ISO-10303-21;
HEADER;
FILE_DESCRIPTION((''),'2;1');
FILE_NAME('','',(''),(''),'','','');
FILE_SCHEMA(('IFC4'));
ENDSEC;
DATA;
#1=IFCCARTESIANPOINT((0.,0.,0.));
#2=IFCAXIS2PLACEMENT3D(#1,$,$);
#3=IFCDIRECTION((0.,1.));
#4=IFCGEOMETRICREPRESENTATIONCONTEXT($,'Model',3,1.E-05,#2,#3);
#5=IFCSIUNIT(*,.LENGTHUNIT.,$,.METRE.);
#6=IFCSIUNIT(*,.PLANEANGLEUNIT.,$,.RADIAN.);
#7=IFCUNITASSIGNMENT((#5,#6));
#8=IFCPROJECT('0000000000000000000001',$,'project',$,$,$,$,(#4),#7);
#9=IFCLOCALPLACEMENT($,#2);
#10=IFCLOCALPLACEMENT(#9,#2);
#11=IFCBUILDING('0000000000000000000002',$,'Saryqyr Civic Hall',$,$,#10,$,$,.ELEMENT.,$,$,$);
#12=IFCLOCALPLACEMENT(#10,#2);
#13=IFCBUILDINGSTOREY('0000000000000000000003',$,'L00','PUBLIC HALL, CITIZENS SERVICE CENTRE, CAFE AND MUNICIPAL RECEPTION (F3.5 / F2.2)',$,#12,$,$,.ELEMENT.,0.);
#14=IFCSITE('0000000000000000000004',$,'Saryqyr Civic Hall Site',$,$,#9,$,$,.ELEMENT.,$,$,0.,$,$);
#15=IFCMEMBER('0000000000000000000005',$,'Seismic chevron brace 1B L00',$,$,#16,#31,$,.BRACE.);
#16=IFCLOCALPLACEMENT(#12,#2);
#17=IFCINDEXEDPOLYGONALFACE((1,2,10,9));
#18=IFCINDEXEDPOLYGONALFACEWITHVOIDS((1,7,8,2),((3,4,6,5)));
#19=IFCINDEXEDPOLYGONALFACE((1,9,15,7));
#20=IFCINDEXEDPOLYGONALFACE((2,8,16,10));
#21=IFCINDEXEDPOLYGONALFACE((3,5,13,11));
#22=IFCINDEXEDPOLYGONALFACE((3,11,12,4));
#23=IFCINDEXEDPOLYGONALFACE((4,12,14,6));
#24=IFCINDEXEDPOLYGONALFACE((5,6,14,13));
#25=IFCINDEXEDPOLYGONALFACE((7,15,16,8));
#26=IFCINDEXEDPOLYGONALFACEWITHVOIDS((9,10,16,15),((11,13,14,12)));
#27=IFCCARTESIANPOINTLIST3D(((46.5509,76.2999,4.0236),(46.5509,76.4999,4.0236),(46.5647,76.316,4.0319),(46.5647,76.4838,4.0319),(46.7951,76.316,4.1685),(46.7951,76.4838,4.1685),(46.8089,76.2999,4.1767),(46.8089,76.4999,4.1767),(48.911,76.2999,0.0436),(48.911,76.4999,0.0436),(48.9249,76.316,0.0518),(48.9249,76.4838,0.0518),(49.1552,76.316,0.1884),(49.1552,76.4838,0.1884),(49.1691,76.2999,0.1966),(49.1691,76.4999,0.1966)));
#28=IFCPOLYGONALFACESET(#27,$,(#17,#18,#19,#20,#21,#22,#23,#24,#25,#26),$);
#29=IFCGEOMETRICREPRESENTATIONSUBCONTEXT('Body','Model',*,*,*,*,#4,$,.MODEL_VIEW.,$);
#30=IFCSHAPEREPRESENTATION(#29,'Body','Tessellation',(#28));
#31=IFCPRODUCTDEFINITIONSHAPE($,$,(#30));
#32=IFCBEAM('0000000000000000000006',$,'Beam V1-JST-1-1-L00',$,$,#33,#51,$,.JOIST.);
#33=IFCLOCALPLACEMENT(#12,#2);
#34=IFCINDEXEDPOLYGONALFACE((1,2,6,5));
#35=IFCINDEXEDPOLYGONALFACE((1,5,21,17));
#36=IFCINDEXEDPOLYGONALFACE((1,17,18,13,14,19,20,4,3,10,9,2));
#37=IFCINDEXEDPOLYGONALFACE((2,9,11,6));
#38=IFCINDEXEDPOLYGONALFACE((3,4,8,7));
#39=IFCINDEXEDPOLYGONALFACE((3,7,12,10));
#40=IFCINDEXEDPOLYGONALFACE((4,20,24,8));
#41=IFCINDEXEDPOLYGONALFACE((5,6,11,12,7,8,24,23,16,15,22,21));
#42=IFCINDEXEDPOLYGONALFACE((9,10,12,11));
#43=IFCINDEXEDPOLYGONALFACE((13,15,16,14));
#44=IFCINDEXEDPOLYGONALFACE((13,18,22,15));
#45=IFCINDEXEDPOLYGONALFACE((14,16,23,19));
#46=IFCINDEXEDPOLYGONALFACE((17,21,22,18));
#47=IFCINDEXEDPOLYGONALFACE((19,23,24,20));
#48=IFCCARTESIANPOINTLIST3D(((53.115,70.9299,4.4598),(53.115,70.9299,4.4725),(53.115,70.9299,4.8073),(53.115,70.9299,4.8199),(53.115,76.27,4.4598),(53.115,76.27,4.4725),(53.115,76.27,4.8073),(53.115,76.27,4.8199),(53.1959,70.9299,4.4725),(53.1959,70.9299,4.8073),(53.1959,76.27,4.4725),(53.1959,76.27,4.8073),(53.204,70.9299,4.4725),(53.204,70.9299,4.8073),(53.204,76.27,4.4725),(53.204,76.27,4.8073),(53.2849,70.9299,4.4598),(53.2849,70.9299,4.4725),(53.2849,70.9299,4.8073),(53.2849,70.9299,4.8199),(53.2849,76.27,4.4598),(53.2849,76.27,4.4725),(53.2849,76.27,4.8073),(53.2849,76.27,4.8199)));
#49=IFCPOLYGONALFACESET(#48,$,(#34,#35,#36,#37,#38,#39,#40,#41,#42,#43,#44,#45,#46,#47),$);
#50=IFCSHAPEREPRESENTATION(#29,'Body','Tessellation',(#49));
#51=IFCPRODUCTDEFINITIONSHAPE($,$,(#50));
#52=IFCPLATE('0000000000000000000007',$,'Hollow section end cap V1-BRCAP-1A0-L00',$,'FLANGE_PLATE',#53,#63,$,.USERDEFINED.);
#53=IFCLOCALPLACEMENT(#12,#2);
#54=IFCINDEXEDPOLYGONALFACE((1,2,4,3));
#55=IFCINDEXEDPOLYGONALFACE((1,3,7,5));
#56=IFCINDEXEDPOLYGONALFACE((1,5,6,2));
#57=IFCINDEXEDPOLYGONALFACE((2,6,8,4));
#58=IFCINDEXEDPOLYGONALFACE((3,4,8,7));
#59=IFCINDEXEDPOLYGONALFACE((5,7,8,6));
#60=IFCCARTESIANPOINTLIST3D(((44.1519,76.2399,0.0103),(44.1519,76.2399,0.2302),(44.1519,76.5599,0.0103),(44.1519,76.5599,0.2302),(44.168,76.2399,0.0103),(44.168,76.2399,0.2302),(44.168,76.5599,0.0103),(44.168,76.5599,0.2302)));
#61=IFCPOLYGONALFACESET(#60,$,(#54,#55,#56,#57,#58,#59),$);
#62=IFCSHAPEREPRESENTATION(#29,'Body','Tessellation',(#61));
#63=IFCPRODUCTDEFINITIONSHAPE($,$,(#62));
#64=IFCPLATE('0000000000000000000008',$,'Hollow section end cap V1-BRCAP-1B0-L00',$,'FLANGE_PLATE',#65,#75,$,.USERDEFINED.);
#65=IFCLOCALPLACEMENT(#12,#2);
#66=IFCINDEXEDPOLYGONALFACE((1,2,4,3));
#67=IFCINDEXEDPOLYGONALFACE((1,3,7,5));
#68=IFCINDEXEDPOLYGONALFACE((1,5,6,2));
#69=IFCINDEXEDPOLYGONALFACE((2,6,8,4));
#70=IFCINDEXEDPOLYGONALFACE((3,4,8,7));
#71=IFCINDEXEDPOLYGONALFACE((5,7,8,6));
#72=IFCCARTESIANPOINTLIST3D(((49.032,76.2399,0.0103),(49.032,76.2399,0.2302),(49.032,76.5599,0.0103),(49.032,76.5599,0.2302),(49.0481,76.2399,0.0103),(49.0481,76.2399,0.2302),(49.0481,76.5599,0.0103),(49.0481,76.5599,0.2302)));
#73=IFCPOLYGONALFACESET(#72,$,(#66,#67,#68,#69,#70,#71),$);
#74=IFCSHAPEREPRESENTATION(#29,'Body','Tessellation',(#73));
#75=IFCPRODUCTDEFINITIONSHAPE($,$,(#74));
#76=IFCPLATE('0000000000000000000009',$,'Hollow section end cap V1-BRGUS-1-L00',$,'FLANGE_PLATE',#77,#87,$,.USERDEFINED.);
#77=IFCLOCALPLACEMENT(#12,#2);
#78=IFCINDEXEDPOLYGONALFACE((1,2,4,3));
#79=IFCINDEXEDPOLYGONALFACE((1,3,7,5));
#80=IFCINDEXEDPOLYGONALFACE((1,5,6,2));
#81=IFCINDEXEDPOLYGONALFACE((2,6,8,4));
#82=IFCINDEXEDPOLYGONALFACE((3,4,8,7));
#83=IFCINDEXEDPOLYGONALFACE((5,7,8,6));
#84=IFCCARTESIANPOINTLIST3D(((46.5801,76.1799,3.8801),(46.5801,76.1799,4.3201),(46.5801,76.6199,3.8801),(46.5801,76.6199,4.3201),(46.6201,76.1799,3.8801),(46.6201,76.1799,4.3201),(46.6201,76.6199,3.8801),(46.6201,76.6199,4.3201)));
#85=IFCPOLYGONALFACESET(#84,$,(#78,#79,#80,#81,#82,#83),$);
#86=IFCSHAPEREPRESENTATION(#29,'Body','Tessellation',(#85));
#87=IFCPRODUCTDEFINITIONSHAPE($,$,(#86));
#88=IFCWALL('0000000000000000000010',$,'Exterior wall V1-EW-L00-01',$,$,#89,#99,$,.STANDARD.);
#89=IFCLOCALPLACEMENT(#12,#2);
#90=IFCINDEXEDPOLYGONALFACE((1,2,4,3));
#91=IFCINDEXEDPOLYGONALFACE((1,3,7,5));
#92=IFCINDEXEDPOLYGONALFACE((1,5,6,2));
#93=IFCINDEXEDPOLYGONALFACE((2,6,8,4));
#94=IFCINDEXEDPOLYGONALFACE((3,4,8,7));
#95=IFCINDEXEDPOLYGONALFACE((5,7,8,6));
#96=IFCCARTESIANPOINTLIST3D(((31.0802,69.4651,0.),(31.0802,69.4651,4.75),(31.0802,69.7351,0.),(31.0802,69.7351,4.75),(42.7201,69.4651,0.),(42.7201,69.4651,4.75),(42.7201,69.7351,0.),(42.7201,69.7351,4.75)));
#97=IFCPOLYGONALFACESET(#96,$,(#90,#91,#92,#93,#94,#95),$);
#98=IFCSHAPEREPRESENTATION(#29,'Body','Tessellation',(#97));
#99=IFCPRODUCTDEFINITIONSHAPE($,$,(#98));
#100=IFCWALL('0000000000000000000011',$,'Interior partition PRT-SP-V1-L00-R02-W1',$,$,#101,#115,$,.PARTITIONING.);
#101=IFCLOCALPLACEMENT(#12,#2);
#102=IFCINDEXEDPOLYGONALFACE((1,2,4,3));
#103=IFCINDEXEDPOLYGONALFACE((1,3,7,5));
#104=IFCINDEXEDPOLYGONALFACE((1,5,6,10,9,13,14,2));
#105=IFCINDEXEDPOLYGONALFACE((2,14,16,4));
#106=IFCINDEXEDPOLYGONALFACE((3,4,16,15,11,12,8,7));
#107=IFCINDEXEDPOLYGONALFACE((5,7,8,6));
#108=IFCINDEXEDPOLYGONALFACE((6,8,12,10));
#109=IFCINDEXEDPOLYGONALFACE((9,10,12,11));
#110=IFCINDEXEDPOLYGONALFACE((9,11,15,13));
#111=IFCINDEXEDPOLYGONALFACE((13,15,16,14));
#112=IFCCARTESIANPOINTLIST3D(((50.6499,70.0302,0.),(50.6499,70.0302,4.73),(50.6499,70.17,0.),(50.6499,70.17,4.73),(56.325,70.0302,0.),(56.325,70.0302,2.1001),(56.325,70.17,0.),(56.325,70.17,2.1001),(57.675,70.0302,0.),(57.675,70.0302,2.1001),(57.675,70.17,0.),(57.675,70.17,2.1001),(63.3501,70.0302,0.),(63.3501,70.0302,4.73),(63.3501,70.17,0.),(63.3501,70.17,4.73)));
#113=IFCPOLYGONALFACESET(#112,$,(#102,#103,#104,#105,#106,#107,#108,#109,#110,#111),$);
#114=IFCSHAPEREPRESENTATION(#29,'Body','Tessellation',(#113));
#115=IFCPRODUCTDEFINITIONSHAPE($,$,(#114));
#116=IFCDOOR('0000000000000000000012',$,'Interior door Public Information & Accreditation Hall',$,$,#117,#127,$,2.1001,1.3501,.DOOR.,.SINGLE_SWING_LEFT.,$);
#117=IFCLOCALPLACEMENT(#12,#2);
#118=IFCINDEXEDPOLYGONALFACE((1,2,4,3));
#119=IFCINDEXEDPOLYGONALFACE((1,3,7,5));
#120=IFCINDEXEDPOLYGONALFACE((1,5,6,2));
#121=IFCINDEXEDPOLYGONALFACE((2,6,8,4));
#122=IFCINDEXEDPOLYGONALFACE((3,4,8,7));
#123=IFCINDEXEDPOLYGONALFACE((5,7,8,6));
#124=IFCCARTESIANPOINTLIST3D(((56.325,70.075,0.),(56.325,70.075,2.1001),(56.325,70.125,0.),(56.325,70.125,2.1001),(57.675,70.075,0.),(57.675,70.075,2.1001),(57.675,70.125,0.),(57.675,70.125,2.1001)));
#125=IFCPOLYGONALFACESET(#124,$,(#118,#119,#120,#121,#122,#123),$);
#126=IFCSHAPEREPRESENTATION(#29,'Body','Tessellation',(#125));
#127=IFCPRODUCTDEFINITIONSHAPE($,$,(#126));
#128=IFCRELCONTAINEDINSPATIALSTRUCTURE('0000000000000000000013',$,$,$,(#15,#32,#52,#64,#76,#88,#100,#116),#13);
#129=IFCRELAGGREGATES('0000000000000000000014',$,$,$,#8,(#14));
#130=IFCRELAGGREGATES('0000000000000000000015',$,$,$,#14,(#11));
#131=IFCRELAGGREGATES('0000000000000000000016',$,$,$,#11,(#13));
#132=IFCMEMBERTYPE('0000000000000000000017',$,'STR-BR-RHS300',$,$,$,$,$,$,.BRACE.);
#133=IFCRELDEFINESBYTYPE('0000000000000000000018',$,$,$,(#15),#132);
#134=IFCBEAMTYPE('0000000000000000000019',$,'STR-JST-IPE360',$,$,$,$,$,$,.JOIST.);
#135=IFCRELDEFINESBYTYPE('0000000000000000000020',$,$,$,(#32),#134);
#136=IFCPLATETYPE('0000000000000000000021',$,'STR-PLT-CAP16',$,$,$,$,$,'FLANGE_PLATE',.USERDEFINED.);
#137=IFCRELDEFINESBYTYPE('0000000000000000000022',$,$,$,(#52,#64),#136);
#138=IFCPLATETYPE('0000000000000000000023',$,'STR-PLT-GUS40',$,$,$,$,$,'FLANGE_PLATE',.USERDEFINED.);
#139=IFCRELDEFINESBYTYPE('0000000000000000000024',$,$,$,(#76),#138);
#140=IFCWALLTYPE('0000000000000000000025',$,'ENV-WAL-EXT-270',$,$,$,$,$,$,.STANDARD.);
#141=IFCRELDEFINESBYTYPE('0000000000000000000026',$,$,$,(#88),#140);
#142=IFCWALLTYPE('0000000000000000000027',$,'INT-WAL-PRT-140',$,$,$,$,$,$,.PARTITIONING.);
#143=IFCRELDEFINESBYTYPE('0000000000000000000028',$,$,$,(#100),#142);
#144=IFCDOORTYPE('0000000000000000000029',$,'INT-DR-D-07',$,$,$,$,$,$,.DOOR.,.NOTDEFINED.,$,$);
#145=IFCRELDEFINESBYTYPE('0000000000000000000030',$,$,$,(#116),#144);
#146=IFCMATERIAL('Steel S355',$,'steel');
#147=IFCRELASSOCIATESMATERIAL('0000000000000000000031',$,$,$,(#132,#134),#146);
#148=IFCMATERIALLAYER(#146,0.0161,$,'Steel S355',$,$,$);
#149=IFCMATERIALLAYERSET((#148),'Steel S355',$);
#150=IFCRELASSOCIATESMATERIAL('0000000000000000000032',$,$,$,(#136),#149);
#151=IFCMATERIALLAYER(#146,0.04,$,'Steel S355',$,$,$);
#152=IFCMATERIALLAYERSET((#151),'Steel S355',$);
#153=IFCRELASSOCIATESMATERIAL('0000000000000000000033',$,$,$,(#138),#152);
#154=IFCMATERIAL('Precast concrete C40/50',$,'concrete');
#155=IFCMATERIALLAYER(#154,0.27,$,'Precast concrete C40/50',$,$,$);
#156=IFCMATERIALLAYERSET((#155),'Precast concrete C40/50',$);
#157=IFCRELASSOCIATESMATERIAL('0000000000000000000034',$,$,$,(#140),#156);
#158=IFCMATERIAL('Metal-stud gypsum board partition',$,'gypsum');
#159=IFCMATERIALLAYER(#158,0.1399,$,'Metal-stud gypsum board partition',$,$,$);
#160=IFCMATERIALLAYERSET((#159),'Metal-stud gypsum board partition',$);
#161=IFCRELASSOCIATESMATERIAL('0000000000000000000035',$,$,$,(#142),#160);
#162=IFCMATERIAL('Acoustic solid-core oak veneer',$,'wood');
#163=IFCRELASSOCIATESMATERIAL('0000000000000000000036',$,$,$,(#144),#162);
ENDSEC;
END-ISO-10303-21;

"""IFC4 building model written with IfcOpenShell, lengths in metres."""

from ifc_helpers import new_model, si_unit, direction, frame, frame_2d, origin, origin_2d, place, context, subcontext, project, spatial, rectangle, hollow_rectangle, i_section, extrude, material, layer, layer_set, material_profile, profile_set, type_object, element, fill, save


model = new_model("IFC4")

# Units and contexts
model_context = context("Model", 3, precision=1e-05, world=origin(), true_north=direction((0.0, 1.0)))
body_context = subcontext(model_context, "Body", "Model", "MODEL_VIEW")
ifc_project = project(units=[si_unit("LENGTHUNIT", "METRE"), si_unit("PLANEANGLEUNIT", "RADIAN")], contexts=[model_context])

# Site, building, storey
site_placement = place(None, origin())
site = spatial("IfcSite", under=ifc_project, at=site_placement, Name="Saryqyr Civic Hall Site", CompositionType="ELEMENT", RefElevation=0.0)
building_placement = place(site_placement, origin())
building = spatial("IfcBuilding", under=site, at=building_placement, Name="Saryqyr Civic Hall", CompositionType="ELEMENT")
storey_placement = place(building_placement, origin())
storey = spatial("IfcBuildingStorey", under=building, at=storey_placement, Name="L00", Description="PUBLIC HALL, CITIZENS SERVICE CENTRE, CAFE AND MUNICIPAL RECEPTION (F3.5 / F2.2)", CompositionType="ELEMENT", Elevation=0.0)

# Shared definitions
ifc_material_1 = material(Name="Steel S355", Category="steel")

# Member
ifc_material_profile_1 = material_profile(ifc_material_1, hollow_rectangle(XDim=0.2, YDim=0.3, WallThickness=0.0161, at=origin_2d()), Name="RHS 300x200x16")
ifc_profile_set_1 = profile_set([ifc_material_profile_1], Name="Steel S355")
member_type = type_object("IfcMemberType", Name="STR-BR-RHS300", PredefinedType="BRACE", material=ifc_profile_set_1)
for number, where, z_axis, x_axis, name in (
    (1, (49.04, 76.3999, 0.1201), (-0.510058, 0.0, 0.86014), (0.0, -1.0, 0.0), "Seismic chevron brace 1B L00"),
):
    element("IfcMember", number, at=place(storey_placement, frame(where, z_axis=z_axis, x_axis=x_axis)), inside=storey, type_object=member_type, Name=name, PredefinedType="BRACE", context=body_context, shape_type="SweptSolid", body=[
        extrude(hollow_rectangle(XDim=0.2, YDim=0.3, WallThickness=0.0161, at=origin_2d()), origin(), (0.0, 0.0, 1.0), 4.6272),
    ])

# Beam
ifc_material_profile_2 = material_profile(ifc_material_1, i_section(OverallWidth=0.1699, OverallDepth=0.3601, WebThickness=0.0081, FlangeThickness=0.0127, at=origin_2d()), Name="IPE 360")
ifc_profile_set_2 = profile_set([ifc_material_profile_2], Name="Steel S355")
beam_type_1 = type_object("IfcBeamType", Name="STR-JST-IPE360", PredefinedType="JOIST", material=ifc_profile_set_2)
beam_placement = place(storey_placement, frame((53.2, 70.9299, 4.6399), z_axis=(0.0, 1.0, 0.0), x_axis=(-1.0, 0.0, 0.0)))
element("IfcBeam", 2, at=beam_placement, inside=storey, type_object=beam_type_1, Name="Beam V1-JST-1-1-L00", PredefinedType="JOIST", context=body_context, shape_type="SweptSolid", body=[
    extrude(i_section(OverallWidth=0.1699, OverallDepth=0.3601, WebThickness=0.0081, FlangeThickness=0.0127, at=origin_2d()), origin(), (0.0, 0.0, 1.0), 5.3401),
])

# Plates
ifc_layer_1 = layer(ifc_material_1, 0.0161, Name="Steel S355")
ifc_layer_set_1 = layer_set([ifc_layer_1], Name="Steel S355")
plate_type_1 = type_object("IfcPlateType", Name="STR-PLT-CAP16", ElementType="FLANGE_PLATE", PredefinedType="USERDEFINED", material=ifc_layer_set_1)
for number, where, z_axis, x_axis, name in (
    (3, (44.1599, 76.3999, 0.0103), (0.0, 0.0, 1.0), (1.0, 0.0, 0.0), "Hollow section end cap V1-BRCAP-1A0-L00"),
    (4, (49.04, 76.3999, 0.0103), (0.0, 0.0, 1.0), (1.0, 0.0, 0.0), "Hollow section end cap V1-BRCAP-1B0-L00"),
):
    element("IfcPlate", number, at=place(storey_placement, frame(where, z_axis=z_axis, x_axis=x_axis)), inside=storey, type_object=plate_type_1, Name=name, ObjectType="FLANGE_PLATE", PredefinedType="USERDEFINED", context=body_context, shape_type="SweptSolid", body=[
        extrude(rectangle(XDim=0.0161, YDim=0.3201, at=origin_2d()), origin(), (0.0, 0.0, 1.0), 0.22),
    ])
ifc_layer_2 = layer(ifc_material_1, 0.04, Name="Steel S355")
ifc_layer_set_2 = layer_set([ifc_layer_2], Name="Steel S355")
plate_type_2 = type_object("IfcPlateType", Name="STR-PLT-GUS40", ElementType="FLANGE_PLATE", PredefinedType="USERDEFINED", material=ifc_layer_set_2)
plate_placement = place(storey_placement, frame((46.6001, 76.3999, 3.8801), z_axis=(0.0, 0.0, 1.0), x_axis=(1.0, 0.0, 0.0)))
element("IfcPlate", 5, at=plate_placement, inside=storey, type_object=plate_type_2, Name="Hollow section end cap V1-BRGUS-1-L00", ObjectType="FLANGE_PLATE", PredefinedType="USERDEFINED", context=body_context, shape_type="SweptSolid", body=[
    extrude(rectangle(XDim=0.04, YDim=0.4399, at=origin_2d()), origin(), (0.0, 0.0, 1.0), 0.4399),
])

# Wall
ifc_material_2 = material(Name="Precast concrete C40/50", Category="concrete")
ifc_layer_3 = layer(ifc_material_2, 0.27, Name="Precast concrete C40/50")
ifc_layer_set_3 = layer_set([ifc_layer_3], Name="Precast concrete C40/50")
wall_type_1 = type_object("IfcWallType", Name="ENV-WAL-EXT-270", PredefinedType="STANDARD", material=ifc_layer_set_3)
wall_1_placement = place(storey_placement, frame((42.72, 69.6001, 0.0), z_axis=(0.0, 0.0, 1.0), x_axis=(-1.0, 0.0, 0.0)))
element("IfcWall", 6, at=wall_1_placement, inside=storey, type_object=wall_type_1, Name="Exterior wall V1-EW-L00-01", PredefinedType="STANDARD", context=body_context, shape_type="SweptSolid", body=[
    extrude(rectangle(XDim=11.6399, YDim=0.27, at=frame_2d((5.8198, 0.0))), origin(), (0.0, 0.0, 1.0), 4.75),
])

# Wall, opening, door
ifc_material_3 = material(Name="Metal-stud gypsum board partition", Category="gypsum")
ifc_layer_4 = layer(ifc_material_3, 0.1399, Name="Metal-stud gypsum board partition")
ifc_layer_set_4 = layer_set([ifc_layer_4], Name="Metal-stud gypsum board partition")
wall_type_2 = type_object("IfcWallType", Name="INT-WAL-PRT-140", PredefinedType="PARTITIONING", material=ifc_layer_set_4)
wall_2_placement = place(storey_placement, frame((50.6499, 70.1001, 0.0), z_axis=(0.0, 0.0, 1.0), x_axis=(1.0, 0.0, 0.0)))
wall_2 = element("IfcWall", 7, at=wall_2_placement, inside=storey, type_object=wall_type_2, Name="Interior partition PRT-SP-V1-L00-R02-W1", PredefinedType="PARTITIONING", context=body_context, shape_type="SweptSolid", body=[
    extrude(rectangle(XDim=12.7002, YDim=0.1399, at=frame_2d((6.3501, 0.0))), origin(), (0.0, 0.0, 1.0), 4.73),
])
opening_placement = place(wall_2_placement, frame((5.675, 0.0, 0.0)))
opening = element("IfcOpeningElement", 8, at=opening_placement, cuts=wall_2, PredefinedType="OPENING", context=body_context, shape_type="SweptSolid", body=[
    extrude(rectangle(XDim=1.3501, YDim=2.1001, at=frame_2d((0.675, 1.05))), frame((0.0, 0.0798, 0.0), z_axis=(0.0, -1.0, 0.0), x_axis=(1.0, 0.0, 0.0)), (0.0, 0.0, 1.0), 0.1599),
])
ifc_material_4 = material(Name="Acoustic solid-core oak veneer", Category="wood")
door_type = type_object("IfcDoorType", Name="INT-DR-D-07", OperationType="NOTDEFINED", PredefinedType="DOOR", material=ifc_material_4)
door_placement = place(opening_placement, origin())
door = element("IfcDoor", 9, at=door_placement, inside=storey, type_object=door_type, Name="Interior door Public Information & Accreditation Hall", OperationType="SINGLE_SWING_LEFT", OverallHeight=2.1001, OverallWidth=1.3501, PredefinedType="DOOR", context=body_context, shape_type="SweptSolid", body=[
    extrude(rectangle(XDim=1.3501, YDim=2.1001, at=frame_2d((0.675, 1.05))), frame((0.0, 0.0249, 0.0), z_axis=(0.0, -1.0, 0.0), x_axis=(1.0, 0.0, 0.0)), (0.0, 0.0, 1.0), 0.05),
])
fill(opening, door)

save(model, "model.ifc")
